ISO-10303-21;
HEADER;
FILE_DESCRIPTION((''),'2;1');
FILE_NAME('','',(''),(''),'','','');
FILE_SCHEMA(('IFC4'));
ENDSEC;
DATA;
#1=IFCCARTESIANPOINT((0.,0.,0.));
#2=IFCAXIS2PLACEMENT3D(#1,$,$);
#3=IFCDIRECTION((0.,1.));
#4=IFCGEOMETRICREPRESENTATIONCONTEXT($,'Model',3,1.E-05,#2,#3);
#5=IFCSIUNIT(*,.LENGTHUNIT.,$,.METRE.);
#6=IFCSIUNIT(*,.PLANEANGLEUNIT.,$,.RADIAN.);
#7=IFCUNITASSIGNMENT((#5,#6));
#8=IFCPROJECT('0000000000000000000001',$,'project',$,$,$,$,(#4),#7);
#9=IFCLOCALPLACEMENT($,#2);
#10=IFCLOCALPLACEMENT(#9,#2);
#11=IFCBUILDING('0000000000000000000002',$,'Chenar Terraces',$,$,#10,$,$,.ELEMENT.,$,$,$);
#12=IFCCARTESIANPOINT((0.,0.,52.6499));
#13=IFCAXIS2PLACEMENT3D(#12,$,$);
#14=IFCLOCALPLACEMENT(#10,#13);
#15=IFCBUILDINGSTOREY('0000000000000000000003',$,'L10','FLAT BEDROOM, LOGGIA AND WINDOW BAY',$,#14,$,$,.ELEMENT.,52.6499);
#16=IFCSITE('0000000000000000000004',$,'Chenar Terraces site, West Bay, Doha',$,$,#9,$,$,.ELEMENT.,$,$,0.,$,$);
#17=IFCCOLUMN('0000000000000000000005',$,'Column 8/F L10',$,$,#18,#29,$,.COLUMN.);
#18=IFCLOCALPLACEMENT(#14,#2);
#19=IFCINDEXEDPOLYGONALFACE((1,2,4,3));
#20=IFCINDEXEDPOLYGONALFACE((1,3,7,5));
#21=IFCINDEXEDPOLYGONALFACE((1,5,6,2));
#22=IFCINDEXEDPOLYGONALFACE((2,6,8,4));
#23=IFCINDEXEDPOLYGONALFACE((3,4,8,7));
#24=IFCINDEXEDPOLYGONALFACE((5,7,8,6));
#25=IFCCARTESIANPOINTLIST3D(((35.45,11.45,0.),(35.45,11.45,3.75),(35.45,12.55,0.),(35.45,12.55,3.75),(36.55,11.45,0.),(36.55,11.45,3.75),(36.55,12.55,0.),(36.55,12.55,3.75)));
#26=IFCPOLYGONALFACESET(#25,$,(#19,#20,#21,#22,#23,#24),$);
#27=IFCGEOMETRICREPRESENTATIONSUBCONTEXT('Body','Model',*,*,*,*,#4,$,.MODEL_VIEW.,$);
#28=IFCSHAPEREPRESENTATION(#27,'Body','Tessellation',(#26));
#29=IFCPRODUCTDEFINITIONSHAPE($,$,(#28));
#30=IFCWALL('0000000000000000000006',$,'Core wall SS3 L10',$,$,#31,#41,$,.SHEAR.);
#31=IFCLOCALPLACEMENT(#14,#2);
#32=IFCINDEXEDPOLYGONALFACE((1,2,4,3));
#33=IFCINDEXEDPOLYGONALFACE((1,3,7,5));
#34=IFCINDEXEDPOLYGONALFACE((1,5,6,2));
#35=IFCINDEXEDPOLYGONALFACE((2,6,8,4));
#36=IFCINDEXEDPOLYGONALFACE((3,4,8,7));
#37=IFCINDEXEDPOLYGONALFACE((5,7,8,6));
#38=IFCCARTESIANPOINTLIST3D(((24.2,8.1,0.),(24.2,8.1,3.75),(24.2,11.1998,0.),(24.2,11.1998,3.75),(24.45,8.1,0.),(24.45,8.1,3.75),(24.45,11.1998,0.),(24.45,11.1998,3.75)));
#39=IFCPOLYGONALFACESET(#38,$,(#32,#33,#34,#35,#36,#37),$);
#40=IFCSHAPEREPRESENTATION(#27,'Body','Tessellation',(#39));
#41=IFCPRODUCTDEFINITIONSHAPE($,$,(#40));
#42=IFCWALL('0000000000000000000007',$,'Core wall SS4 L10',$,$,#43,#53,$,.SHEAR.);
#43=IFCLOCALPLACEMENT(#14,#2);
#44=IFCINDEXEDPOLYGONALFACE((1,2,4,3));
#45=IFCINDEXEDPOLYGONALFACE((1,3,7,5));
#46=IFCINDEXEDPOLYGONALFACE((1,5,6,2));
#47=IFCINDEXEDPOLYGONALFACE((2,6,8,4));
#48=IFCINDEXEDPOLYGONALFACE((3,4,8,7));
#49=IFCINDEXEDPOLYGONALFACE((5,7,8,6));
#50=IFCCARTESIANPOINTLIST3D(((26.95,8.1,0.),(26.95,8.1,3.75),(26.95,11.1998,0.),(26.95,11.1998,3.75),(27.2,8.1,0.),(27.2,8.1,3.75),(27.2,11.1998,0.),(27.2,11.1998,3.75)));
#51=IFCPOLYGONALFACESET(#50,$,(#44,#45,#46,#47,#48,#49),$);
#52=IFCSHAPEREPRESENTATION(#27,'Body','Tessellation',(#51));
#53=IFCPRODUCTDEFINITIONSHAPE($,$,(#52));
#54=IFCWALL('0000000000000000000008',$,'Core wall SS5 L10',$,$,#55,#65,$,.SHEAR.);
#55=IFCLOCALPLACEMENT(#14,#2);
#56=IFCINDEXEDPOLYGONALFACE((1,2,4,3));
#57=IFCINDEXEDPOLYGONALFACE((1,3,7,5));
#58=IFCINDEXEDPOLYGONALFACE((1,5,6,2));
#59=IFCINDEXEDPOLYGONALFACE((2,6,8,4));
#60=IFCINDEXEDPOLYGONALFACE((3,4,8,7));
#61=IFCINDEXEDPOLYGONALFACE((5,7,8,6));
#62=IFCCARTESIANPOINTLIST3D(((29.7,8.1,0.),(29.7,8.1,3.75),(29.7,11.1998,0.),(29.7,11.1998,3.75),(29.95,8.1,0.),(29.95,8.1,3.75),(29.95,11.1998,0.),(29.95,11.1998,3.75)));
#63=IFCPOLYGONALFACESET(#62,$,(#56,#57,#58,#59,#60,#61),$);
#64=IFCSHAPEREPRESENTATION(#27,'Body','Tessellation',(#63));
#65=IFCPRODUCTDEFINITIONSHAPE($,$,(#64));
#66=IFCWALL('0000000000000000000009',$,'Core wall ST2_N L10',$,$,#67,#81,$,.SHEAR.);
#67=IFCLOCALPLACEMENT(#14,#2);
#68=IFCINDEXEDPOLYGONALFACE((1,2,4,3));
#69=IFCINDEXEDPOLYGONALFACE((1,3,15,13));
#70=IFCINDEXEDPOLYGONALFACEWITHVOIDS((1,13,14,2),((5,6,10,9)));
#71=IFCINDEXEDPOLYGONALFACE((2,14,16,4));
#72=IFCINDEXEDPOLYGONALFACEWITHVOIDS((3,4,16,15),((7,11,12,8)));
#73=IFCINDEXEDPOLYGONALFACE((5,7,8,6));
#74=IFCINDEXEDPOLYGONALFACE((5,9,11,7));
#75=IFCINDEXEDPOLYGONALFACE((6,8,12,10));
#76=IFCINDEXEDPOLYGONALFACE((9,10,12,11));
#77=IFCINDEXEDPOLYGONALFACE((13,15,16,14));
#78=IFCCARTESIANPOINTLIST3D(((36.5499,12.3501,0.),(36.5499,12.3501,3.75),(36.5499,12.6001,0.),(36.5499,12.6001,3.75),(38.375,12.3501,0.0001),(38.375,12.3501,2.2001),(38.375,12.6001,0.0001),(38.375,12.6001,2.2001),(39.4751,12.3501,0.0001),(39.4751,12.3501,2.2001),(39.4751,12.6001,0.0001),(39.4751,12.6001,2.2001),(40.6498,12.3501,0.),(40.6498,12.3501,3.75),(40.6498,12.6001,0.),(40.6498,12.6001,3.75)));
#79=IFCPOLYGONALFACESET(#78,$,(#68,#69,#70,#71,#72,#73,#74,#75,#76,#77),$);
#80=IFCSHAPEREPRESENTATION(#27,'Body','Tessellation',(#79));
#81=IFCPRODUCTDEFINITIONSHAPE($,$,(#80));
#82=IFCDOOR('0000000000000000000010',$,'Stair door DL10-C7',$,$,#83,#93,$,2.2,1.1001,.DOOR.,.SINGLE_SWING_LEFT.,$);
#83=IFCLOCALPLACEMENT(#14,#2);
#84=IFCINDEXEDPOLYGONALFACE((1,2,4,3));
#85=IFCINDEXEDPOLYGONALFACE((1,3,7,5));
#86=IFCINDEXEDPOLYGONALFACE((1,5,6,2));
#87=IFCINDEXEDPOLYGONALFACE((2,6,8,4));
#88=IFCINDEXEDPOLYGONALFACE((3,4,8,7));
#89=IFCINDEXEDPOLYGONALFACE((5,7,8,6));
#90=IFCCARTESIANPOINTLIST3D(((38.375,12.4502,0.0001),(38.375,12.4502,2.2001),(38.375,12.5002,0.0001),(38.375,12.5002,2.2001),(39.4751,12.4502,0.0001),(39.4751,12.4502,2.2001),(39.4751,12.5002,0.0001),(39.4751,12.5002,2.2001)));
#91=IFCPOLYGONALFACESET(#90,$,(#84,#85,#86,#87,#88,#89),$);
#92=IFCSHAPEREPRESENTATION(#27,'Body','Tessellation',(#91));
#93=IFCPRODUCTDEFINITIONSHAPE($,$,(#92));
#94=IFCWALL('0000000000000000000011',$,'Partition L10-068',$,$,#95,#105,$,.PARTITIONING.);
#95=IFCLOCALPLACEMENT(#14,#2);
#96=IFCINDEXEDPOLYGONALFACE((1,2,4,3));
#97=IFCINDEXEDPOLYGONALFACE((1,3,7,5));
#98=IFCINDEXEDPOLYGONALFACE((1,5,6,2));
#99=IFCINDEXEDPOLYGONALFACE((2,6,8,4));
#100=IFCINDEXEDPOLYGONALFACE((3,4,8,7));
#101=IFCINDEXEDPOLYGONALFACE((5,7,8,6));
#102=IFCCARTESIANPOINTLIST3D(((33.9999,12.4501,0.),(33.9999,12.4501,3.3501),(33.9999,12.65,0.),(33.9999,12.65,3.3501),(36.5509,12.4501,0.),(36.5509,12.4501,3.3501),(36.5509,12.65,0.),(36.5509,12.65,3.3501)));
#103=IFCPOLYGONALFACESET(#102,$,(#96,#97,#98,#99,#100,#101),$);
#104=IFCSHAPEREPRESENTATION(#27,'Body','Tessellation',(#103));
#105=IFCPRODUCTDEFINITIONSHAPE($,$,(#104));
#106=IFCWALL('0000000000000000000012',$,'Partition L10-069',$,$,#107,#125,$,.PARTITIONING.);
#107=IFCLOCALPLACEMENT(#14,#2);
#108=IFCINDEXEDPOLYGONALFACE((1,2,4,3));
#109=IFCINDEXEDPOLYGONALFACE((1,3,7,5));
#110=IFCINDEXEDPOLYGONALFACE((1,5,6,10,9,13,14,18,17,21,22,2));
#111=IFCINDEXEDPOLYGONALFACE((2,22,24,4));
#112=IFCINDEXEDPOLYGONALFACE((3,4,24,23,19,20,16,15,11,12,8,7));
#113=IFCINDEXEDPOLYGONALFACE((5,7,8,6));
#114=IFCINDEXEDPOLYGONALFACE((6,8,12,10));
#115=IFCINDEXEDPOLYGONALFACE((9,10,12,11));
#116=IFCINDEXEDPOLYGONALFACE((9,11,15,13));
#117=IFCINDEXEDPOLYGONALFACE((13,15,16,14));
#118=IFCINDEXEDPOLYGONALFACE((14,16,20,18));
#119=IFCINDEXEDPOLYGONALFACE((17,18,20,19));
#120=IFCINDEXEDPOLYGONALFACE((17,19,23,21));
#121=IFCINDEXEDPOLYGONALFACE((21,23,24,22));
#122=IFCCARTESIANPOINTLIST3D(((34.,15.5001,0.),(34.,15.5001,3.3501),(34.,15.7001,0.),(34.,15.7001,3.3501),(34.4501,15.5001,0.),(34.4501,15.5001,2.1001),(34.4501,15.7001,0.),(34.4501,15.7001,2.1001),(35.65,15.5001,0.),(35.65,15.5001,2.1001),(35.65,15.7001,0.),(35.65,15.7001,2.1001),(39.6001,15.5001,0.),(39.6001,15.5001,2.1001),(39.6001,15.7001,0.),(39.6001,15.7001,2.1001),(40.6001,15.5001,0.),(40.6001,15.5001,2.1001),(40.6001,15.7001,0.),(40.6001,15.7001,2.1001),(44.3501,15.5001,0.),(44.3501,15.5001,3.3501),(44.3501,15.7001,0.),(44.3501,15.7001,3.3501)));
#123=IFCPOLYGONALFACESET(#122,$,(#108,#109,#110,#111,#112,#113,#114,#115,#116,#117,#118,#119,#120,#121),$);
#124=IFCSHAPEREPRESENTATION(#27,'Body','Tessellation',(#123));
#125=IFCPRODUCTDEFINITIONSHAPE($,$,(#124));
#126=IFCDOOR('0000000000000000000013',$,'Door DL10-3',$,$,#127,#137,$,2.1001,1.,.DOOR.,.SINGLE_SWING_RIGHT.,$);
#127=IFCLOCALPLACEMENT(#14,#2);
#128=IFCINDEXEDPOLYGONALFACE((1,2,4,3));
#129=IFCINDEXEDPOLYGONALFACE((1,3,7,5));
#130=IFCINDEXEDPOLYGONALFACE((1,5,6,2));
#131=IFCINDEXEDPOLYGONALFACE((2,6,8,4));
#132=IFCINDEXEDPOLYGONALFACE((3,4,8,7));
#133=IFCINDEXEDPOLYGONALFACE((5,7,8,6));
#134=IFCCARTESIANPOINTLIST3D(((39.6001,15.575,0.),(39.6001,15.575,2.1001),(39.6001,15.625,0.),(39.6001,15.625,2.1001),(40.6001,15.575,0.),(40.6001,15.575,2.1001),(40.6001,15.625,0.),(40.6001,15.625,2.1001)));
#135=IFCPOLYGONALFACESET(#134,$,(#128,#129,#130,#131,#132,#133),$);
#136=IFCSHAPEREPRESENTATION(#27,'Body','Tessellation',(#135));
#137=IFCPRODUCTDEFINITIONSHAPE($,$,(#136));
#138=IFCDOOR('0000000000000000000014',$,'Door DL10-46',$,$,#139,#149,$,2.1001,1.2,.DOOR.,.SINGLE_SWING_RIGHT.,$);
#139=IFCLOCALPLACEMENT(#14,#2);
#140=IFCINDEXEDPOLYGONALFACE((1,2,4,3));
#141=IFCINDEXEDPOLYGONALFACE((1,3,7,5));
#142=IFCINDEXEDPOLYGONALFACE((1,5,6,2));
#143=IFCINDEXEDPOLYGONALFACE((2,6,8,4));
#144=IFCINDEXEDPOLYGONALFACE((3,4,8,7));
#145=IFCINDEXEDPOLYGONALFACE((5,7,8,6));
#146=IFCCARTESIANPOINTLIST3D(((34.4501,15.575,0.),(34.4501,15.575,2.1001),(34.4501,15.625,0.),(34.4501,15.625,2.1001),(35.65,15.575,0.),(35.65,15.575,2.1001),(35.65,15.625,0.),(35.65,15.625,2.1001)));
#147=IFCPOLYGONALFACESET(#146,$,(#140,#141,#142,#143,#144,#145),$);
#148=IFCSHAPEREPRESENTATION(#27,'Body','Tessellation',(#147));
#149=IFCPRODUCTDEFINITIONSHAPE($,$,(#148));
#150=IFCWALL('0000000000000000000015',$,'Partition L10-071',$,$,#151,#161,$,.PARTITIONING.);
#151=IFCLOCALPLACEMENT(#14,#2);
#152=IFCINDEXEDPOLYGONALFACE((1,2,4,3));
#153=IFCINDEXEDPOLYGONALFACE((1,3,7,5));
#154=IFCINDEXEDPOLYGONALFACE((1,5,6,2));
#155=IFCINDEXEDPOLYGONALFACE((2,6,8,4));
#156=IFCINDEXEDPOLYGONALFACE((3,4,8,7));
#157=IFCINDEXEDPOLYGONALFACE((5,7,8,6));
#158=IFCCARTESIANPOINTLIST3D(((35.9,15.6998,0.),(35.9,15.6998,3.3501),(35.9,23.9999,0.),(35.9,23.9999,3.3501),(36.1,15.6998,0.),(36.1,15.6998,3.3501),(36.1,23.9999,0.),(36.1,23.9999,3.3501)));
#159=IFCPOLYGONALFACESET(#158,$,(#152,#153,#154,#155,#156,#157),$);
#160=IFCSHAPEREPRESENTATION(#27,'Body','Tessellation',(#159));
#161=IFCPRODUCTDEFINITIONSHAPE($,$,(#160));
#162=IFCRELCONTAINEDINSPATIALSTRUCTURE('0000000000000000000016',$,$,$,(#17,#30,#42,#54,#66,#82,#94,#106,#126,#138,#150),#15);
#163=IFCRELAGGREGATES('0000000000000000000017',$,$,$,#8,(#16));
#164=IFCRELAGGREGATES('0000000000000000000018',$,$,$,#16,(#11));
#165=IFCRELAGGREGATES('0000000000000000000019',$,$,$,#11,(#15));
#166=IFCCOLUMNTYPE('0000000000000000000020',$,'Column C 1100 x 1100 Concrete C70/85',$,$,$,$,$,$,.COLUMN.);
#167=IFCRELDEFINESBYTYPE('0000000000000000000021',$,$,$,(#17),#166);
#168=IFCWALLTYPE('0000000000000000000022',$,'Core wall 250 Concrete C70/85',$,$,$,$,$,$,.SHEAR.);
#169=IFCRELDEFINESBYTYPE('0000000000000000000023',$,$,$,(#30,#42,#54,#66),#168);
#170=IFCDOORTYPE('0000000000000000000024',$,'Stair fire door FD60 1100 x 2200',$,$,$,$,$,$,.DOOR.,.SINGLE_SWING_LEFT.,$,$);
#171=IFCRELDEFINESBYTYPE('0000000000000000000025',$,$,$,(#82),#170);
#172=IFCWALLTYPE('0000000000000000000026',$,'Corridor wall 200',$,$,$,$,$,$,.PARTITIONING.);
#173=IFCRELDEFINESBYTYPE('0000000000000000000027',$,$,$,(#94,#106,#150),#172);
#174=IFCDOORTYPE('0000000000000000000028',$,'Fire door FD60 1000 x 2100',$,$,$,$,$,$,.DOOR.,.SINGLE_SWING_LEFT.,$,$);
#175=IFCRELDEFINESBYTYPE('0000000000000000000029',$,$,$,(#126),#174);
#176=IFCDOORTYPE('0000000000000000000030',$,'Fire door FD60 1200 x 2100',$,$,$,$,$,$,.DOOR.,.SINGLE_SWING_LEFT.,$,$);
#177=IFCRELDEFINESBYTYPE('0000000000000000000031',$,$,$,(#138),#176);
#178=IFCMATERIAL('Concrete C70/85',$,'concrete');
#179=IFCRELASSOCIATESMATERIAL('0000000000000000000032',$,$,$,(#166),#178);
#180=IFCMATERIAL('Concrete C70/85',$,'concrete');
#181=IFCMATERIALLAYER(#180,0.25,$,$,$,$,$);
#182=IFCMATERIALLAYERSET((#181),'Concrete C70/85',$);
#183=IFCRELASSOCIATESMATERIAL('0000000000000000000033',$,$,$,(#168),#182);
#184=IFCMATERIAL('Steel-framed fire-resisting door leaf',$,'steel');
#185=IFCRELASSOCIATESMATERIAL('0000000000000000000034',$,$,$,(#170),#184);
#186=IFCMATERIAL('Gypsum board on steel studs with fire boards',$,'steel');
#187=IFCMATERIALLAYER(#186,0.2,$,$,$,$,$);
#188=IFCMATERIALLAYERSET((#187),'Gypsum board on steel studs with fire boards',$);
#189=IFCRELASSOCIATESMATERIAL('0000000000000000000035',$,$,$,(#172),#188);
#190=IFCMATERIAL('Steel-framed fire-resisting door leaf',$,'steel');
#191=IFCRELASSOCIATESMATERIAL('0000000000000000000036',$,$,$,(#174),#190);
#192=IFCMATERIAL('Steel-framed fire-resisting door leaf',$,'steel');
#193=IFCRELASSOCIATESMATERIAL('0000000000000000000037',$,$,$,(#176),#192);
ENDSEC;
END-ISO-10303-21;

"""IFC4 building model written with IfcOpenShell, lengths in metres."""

from ifc_helpers import new_model, si_unit, direction, frame, frame_2d, origin, origin_2d, place, context, subcontext, project, spatial, rectangle, extrude, material, layer, layer_set, material_profile, profile_set, type_object, element, fill, save


model = new_model("IFC4")

# Units and contexts
model_context = context("Model", 3, precision=1e-05, world=origin(), true_north=direction((0.0, 1.0)))
body_context = subcontext(model_context, "Body", "Model", "MODEL_VIEW")
ifc_project = project(units=[si_unit("LENGTHUNIT", "METRE"), si_unit("PLANEANGLEUNIT", "RADIAN")], contexts=[model_context])

# Site, building, storey
site_placement = place(None, origin())
site = spatial("IfcSite", under=ifc_project, at=site_placement, Name="Chenar Terraces site, West Bay, Doha", CompositionType="ELEMENT", RefElevation=0.0)
building_placement = place(site_placement, origin())
building = spatial("IfcBuilding", under=site, at=building_placement, Name="Chenar Terraces", CompositionType="ELEMENT")
storey_placement = place(building_placement, frame((0.0, 0.0, 52.6499)))
storey = spatial("IfcBuildingStorey", under=building, at=storey_placement, Name="L10", Description="FLAT BEDROOM, LOGGIA AND WINDOW BAY", CompositionType="ELEMENT", Elevation=52.6499)

# Column
ifc_material_1 = material(Name="Concrete C70/85", Category="concrete")
ifc_material_profile = material_profile(ifc_material_1, rectangle(XDim=1.1001, YDim=1.1001, at=origin_2d()), Name="C 1100 x 1100")
ifc_profile_set = profile_set([ifc_material_profile], Name="Concrete C70/85")
column_type = type_object("IfcColumnType", Name="Column C 1100 x 1100 Concrete C70/85", PredefinedType="COLUMN", material=ifc_profile_set)
column_placement = place(storey_placement, frame((36.0, 12.0, 0.0), z_axis=(0.0, 0.0, 1.0), x_axis=(1.0, 0.0, 0.0)))
element("IfcColumn", 1, at=column_placement, inside=storey, type_object=column_type, Name="Column 8/F L10", PredefinedType="COLUMN", context=body_context, shape_type="SweptSolid", body=[
    extrude(rectangle(XDim=1.1001, YDim=1.1001, at=origin_2d()), origin(), (0.0, 0.0, 1.0), 3.75),
])

# Walls
ifc_material_2 = material(Name="Concrete C70/85", Category="concrete")
ifc_layer_1 = layer(ifc_material_2, 0.25)
ifc_layer_set_1 = layer_set([ifc_layer_1], Name="Concrete C70/85")
wall_type_1 = type_object("IfcWallType", Name="Core wall 250 Concrete C70/85", PredefinedType="SHEAR", material=ifc_layer_set_1)
for number, where, z_axis, x_axis, name in (
    (2, (24.325, 8.1001, 0.0), (0.0, 0.0, 1.0), (0.0, 1.0, 0.0), "Core wall SS3 L10"),
    (3, (27.075, 8.1001, 0.0), (0.0, 0.0, 1.0), (0.0, 1.0, 0.0), "Core wall SS4 L10"),
    (4, (29.825, 8.1001, 0.0), (0.0, 0.0, 1.0), (0.0, 1.0, 0.0), "Core wall SS5 L10"),
):
    element("IfcWall", number, at=place(storey_placement, frame(where, z_axis=z_axis, x_axis=x_axis)), inside=storey, type_object=wall_type_1, Name=name, PredefinedType="SHEAR", context=body_context, shape_type="SweptSolid", body=[
        extrude(rectangle(XDim=3.0999, YDim=0.25, at=frame_2d((1.5498, 0.0))), origin(), (0.0, 0.0, 1.0), 3.75),
    ])

# Wall, opening, door
wall_1_placement = place(storey_placement, frame((36.55, 12.4751, 0.0), z_axis=(0.0, 0.0, 1.0), x_axis=(1.0, 0.0, 0.0)))
wall_1 = element("IfcWall", 5, at=wall_1_placement, inside=storey, type_object=wall_type_1, Name="Core wall ST2_N L10", PredefinedType="SHEAR", context=body_context, shape_type="SweptSolid", body=[
    extrude(rectangle(XDim=4.0999, YDim=0.25, at=frame_2d((2.0498, 0.0))), origin(), (0.0, 0.0, 1.0), 3.75),
])
opening_1_placement = place(wall_1_placement, frame((1.825, 0.0, 0.0)))
opening_1 = element("IfcOpeningElement", 6, at=opening_1_placement, cuts=wall_1, PredefinedType="OPENING", context=body_context, shape_type="SweptSolid", body=[
    extrude(rectangle(XDim=1.1001, YDim=2.2, at=frame_2d((0.55, 1.1001))), frame((0.0, 0.135, 0.0), z_axis=(0.0, -1.0, 0.0), x_axis=(1.0, 0.0, 0.0)), (0.0, 0.0, 1.0), 0.27),
])
ifc_material_3 = material(Name="Steel-framed fire-resisting door leaf", Category="steel")
door_type_1 = type_object("IfcDoorType", Name="Stair fire door FD60 1100 x 2200", OperationType="SINGLE_SWING_LEFT", PredefinedType="DOOR", material=ifc_material_3)
door_1_placement = place(opening_1_placement, frame((1.1001, 0.0, 0.0), z_axis=(0.0, 0.0, 1.0), x_axis=(-1.0, 0.0, 0.0)))
door_1 = element("IfcDoor", 7, at=door_1_placement, inside=storey, type_object=door_type_1, Name="Stair door DL10-C7", OperationType="SINGLE_SWING_LEFT", OverallHeight=2.2, OverallWidth=1.1001, PredefinedType="DOOR", context=body_context, shape_type="SweptSolid", body=[
    extrude(rectangle(XDim=1.1001, YDim=2.2, at=frame_2d((0.55, 1.1001))), frame((0.0, 0.0249, 0.0), z_axis=(0.0, -1.0, 0.0), x_axis=(1.0, 0.0, 0.0)), (0.0, 0.0, 1.0), 0.05),
])
fill(opening_1, door_1)

# Wall
ifc_material_4 = material(Name="Gypsum board on steel studs with fire boards", Category="steel")
ifc_layer_2 = layer(ifc_material_4, 0.2)
ifc_layer_set_2 = layer_set([ifc_layer_2], Name="Gypsum board on steel studs with fire boards")
wall_type_2 = type_object("IfcWallType", Name="Corridor wall 200", PredefinedType="PARTITIONING", material=ifc_layer_set_2)
wall_2_placement = place(storey_placement, frame((34.0, 12.55, 0.0), z_axis=(0.0, 0.0, 1.0), x_axis=(1.0, 0.0, 0.0)))
element("IfcWall", 8, at=wall_2_placement, inside=storey, type_object=wall_type_2, Name="Partition L10-068", PredefinedType="PARTITIONING", context=body_context, shape_type="SweptSolid", body=[
    extrude(rectangle(XDim=2.551, YDim=0.2, at=frame_2d((1.2754, 0.0))), origin(), (0.0, 0.0, 1.0), 3.3501),
])

# Wall, openings, doors
wall_3_placement = place(storey_placement, frame((34.0, 15.6001, 0.0), z_axis=(0.0, 0.0, 1.0), x_axis=(1.0, 0.0, 0.0)))
wall_3 = element("IfcWall", 9, at=wall_3_placement, inside=storey, type_object=wall_type_2, Name="Partition L10-069", PredefinedType="PARTITIONING", context=body_context, shape_type="SweptSolid", body=[
    extrude(rectangle(XDim=10.3501, YDim=0.2, at=frame_2d((5.175, 0.0))), origin(), (0.0, 0.0, 1.0), 3.3501),
])
opening_2_placement = place(wall_3_placement, frame((5.6001, 0.0, 0.0)))
opening_2 = element("IfcOpeningElement", 10, at=opening_2_placement, cuts=wall_3, PredefinedType="OPENING", context=body_context, shape_type="SweptSolid", body=[
    extrude(rectangle(XDim=1.0, YDim=2.1001, at=frame_2d((0.5, 1.05))), frame((0.0, 0.1099, 0.0), z_axis=(0.0, -1.0, 0.0), x_axis=(1.0, 0.0, 0.0)), (0.0, 0.0, 1.0), 0.22),
])
opening_3_placement = place(wall_3_placement, frame((0.45, 0.0, 0.0)))
opening_3 = element("IfcOpeningElement", 11, at=opening_3_placement, cuts=wall_3, PredefinedType="OPENING", context=body_context, shape_type="SweptSolid", body=[
    extrude(rectangle(XDim=1.2, YDim=2.1001, at=frame_2d((0.6001, 1.05))), frame((0.0, 0.1099, 0.0), z_axis=(0.0, -1.0, 0.0), x_axis=(1.0, 0.0, 0.0)), (0.0, 0.0, 1.0), 0.22),
])
ifc_material_5 = material(Name="Steel-framed fire-resisting door leaf", Category="steel")
door_type_2 = type_object("IfcDoorType", Name="Fire door FD60 1000 x 2100", OperationType="SINGLE_SWING_LEFT", PredefinedType="DOOR", material=ifc_material_5)
door_2_placement = place(opening_2_placement, origin())
door_2 = element("IfcDoor", 12, at=door_2_placement, inside=storey, type_object=door_type_2, Name="Door DL10-3", OperationType="SINGLE_SWING_RIGHT", OverallHeight=2.1001, OverallWidth=1.0, PredefinedType="DOOR", context=body_context, shape_type="SweptSolid", body=[
    extrude(rectangle(XDim=1.0, YDim=2.1001, at=frame_2d((0.5, 1.05))), frame((0.0, 0.0249, 0.0), z_axis=(0.0, -1.0, 0.0), x_axis=(1.0, 0.0, 0.0)), (0.0, 0.0, 1.0), 0.05),
])
fill(opening_2, door_2)
ifc_material_6 = material(Name="Steel-framed fire-resisting door leaf", Category="steel")
door_type_3 = type_object("IfcDoorType", Name="Fire door FD60 1200 x 2100", OperationType="SINGLE_SWING_LEFT", PredefinedType="DOOR", material=ifc_material_6)
door_3_placement = place(opening_3_placement, origin())
door_3 = element("IfcDoor", 13, at=door_3_placement, inside=storey, type_object=door_type_3, Name="Door DL10-46", OperationType="SINGLE_SWING_RIGHT", OverallHeight=2.1001, OverallWidth=1.2, PredefinedType="DOOR", context=body_context, shape_type="SweptSolid", body=[
    extrude(rectangle(XDim=1.2, YDim=2.1001, at=frame_2d((0.6001, 1.05))), frame((0.0, 0.0249, 0.0), z_axis=(0.0, -1.0, 0.0), x_axis=(1.0, 0.0, 0.0)), (0.0, 0.0, 1.0), 0.05),
])
fill(opening_3, door_3)

# Wall
wall_4_placement = place(storey_placement, frame((36.0, 15.7, 0.0), z_axis=(0.0, 0.0, 1.0), x_axis=(0.0, 1.0, 0.0)))
element("IfcWall", 14, at=wall_4_placement, inside=storey, type_object=wall_type_2, Name="Partition L10-071", PredefinedType="PARTITIONING", context=body_context, shape_type="SweptSolid", body=[
    extrude(rectangle(XDim=8.3, YDim=0.2, at=frame_2d((4.1499, 0.0))), origin(), (0.0, 0.0, 1.0), 3.3501),
])

save(model, "model.ifc")
